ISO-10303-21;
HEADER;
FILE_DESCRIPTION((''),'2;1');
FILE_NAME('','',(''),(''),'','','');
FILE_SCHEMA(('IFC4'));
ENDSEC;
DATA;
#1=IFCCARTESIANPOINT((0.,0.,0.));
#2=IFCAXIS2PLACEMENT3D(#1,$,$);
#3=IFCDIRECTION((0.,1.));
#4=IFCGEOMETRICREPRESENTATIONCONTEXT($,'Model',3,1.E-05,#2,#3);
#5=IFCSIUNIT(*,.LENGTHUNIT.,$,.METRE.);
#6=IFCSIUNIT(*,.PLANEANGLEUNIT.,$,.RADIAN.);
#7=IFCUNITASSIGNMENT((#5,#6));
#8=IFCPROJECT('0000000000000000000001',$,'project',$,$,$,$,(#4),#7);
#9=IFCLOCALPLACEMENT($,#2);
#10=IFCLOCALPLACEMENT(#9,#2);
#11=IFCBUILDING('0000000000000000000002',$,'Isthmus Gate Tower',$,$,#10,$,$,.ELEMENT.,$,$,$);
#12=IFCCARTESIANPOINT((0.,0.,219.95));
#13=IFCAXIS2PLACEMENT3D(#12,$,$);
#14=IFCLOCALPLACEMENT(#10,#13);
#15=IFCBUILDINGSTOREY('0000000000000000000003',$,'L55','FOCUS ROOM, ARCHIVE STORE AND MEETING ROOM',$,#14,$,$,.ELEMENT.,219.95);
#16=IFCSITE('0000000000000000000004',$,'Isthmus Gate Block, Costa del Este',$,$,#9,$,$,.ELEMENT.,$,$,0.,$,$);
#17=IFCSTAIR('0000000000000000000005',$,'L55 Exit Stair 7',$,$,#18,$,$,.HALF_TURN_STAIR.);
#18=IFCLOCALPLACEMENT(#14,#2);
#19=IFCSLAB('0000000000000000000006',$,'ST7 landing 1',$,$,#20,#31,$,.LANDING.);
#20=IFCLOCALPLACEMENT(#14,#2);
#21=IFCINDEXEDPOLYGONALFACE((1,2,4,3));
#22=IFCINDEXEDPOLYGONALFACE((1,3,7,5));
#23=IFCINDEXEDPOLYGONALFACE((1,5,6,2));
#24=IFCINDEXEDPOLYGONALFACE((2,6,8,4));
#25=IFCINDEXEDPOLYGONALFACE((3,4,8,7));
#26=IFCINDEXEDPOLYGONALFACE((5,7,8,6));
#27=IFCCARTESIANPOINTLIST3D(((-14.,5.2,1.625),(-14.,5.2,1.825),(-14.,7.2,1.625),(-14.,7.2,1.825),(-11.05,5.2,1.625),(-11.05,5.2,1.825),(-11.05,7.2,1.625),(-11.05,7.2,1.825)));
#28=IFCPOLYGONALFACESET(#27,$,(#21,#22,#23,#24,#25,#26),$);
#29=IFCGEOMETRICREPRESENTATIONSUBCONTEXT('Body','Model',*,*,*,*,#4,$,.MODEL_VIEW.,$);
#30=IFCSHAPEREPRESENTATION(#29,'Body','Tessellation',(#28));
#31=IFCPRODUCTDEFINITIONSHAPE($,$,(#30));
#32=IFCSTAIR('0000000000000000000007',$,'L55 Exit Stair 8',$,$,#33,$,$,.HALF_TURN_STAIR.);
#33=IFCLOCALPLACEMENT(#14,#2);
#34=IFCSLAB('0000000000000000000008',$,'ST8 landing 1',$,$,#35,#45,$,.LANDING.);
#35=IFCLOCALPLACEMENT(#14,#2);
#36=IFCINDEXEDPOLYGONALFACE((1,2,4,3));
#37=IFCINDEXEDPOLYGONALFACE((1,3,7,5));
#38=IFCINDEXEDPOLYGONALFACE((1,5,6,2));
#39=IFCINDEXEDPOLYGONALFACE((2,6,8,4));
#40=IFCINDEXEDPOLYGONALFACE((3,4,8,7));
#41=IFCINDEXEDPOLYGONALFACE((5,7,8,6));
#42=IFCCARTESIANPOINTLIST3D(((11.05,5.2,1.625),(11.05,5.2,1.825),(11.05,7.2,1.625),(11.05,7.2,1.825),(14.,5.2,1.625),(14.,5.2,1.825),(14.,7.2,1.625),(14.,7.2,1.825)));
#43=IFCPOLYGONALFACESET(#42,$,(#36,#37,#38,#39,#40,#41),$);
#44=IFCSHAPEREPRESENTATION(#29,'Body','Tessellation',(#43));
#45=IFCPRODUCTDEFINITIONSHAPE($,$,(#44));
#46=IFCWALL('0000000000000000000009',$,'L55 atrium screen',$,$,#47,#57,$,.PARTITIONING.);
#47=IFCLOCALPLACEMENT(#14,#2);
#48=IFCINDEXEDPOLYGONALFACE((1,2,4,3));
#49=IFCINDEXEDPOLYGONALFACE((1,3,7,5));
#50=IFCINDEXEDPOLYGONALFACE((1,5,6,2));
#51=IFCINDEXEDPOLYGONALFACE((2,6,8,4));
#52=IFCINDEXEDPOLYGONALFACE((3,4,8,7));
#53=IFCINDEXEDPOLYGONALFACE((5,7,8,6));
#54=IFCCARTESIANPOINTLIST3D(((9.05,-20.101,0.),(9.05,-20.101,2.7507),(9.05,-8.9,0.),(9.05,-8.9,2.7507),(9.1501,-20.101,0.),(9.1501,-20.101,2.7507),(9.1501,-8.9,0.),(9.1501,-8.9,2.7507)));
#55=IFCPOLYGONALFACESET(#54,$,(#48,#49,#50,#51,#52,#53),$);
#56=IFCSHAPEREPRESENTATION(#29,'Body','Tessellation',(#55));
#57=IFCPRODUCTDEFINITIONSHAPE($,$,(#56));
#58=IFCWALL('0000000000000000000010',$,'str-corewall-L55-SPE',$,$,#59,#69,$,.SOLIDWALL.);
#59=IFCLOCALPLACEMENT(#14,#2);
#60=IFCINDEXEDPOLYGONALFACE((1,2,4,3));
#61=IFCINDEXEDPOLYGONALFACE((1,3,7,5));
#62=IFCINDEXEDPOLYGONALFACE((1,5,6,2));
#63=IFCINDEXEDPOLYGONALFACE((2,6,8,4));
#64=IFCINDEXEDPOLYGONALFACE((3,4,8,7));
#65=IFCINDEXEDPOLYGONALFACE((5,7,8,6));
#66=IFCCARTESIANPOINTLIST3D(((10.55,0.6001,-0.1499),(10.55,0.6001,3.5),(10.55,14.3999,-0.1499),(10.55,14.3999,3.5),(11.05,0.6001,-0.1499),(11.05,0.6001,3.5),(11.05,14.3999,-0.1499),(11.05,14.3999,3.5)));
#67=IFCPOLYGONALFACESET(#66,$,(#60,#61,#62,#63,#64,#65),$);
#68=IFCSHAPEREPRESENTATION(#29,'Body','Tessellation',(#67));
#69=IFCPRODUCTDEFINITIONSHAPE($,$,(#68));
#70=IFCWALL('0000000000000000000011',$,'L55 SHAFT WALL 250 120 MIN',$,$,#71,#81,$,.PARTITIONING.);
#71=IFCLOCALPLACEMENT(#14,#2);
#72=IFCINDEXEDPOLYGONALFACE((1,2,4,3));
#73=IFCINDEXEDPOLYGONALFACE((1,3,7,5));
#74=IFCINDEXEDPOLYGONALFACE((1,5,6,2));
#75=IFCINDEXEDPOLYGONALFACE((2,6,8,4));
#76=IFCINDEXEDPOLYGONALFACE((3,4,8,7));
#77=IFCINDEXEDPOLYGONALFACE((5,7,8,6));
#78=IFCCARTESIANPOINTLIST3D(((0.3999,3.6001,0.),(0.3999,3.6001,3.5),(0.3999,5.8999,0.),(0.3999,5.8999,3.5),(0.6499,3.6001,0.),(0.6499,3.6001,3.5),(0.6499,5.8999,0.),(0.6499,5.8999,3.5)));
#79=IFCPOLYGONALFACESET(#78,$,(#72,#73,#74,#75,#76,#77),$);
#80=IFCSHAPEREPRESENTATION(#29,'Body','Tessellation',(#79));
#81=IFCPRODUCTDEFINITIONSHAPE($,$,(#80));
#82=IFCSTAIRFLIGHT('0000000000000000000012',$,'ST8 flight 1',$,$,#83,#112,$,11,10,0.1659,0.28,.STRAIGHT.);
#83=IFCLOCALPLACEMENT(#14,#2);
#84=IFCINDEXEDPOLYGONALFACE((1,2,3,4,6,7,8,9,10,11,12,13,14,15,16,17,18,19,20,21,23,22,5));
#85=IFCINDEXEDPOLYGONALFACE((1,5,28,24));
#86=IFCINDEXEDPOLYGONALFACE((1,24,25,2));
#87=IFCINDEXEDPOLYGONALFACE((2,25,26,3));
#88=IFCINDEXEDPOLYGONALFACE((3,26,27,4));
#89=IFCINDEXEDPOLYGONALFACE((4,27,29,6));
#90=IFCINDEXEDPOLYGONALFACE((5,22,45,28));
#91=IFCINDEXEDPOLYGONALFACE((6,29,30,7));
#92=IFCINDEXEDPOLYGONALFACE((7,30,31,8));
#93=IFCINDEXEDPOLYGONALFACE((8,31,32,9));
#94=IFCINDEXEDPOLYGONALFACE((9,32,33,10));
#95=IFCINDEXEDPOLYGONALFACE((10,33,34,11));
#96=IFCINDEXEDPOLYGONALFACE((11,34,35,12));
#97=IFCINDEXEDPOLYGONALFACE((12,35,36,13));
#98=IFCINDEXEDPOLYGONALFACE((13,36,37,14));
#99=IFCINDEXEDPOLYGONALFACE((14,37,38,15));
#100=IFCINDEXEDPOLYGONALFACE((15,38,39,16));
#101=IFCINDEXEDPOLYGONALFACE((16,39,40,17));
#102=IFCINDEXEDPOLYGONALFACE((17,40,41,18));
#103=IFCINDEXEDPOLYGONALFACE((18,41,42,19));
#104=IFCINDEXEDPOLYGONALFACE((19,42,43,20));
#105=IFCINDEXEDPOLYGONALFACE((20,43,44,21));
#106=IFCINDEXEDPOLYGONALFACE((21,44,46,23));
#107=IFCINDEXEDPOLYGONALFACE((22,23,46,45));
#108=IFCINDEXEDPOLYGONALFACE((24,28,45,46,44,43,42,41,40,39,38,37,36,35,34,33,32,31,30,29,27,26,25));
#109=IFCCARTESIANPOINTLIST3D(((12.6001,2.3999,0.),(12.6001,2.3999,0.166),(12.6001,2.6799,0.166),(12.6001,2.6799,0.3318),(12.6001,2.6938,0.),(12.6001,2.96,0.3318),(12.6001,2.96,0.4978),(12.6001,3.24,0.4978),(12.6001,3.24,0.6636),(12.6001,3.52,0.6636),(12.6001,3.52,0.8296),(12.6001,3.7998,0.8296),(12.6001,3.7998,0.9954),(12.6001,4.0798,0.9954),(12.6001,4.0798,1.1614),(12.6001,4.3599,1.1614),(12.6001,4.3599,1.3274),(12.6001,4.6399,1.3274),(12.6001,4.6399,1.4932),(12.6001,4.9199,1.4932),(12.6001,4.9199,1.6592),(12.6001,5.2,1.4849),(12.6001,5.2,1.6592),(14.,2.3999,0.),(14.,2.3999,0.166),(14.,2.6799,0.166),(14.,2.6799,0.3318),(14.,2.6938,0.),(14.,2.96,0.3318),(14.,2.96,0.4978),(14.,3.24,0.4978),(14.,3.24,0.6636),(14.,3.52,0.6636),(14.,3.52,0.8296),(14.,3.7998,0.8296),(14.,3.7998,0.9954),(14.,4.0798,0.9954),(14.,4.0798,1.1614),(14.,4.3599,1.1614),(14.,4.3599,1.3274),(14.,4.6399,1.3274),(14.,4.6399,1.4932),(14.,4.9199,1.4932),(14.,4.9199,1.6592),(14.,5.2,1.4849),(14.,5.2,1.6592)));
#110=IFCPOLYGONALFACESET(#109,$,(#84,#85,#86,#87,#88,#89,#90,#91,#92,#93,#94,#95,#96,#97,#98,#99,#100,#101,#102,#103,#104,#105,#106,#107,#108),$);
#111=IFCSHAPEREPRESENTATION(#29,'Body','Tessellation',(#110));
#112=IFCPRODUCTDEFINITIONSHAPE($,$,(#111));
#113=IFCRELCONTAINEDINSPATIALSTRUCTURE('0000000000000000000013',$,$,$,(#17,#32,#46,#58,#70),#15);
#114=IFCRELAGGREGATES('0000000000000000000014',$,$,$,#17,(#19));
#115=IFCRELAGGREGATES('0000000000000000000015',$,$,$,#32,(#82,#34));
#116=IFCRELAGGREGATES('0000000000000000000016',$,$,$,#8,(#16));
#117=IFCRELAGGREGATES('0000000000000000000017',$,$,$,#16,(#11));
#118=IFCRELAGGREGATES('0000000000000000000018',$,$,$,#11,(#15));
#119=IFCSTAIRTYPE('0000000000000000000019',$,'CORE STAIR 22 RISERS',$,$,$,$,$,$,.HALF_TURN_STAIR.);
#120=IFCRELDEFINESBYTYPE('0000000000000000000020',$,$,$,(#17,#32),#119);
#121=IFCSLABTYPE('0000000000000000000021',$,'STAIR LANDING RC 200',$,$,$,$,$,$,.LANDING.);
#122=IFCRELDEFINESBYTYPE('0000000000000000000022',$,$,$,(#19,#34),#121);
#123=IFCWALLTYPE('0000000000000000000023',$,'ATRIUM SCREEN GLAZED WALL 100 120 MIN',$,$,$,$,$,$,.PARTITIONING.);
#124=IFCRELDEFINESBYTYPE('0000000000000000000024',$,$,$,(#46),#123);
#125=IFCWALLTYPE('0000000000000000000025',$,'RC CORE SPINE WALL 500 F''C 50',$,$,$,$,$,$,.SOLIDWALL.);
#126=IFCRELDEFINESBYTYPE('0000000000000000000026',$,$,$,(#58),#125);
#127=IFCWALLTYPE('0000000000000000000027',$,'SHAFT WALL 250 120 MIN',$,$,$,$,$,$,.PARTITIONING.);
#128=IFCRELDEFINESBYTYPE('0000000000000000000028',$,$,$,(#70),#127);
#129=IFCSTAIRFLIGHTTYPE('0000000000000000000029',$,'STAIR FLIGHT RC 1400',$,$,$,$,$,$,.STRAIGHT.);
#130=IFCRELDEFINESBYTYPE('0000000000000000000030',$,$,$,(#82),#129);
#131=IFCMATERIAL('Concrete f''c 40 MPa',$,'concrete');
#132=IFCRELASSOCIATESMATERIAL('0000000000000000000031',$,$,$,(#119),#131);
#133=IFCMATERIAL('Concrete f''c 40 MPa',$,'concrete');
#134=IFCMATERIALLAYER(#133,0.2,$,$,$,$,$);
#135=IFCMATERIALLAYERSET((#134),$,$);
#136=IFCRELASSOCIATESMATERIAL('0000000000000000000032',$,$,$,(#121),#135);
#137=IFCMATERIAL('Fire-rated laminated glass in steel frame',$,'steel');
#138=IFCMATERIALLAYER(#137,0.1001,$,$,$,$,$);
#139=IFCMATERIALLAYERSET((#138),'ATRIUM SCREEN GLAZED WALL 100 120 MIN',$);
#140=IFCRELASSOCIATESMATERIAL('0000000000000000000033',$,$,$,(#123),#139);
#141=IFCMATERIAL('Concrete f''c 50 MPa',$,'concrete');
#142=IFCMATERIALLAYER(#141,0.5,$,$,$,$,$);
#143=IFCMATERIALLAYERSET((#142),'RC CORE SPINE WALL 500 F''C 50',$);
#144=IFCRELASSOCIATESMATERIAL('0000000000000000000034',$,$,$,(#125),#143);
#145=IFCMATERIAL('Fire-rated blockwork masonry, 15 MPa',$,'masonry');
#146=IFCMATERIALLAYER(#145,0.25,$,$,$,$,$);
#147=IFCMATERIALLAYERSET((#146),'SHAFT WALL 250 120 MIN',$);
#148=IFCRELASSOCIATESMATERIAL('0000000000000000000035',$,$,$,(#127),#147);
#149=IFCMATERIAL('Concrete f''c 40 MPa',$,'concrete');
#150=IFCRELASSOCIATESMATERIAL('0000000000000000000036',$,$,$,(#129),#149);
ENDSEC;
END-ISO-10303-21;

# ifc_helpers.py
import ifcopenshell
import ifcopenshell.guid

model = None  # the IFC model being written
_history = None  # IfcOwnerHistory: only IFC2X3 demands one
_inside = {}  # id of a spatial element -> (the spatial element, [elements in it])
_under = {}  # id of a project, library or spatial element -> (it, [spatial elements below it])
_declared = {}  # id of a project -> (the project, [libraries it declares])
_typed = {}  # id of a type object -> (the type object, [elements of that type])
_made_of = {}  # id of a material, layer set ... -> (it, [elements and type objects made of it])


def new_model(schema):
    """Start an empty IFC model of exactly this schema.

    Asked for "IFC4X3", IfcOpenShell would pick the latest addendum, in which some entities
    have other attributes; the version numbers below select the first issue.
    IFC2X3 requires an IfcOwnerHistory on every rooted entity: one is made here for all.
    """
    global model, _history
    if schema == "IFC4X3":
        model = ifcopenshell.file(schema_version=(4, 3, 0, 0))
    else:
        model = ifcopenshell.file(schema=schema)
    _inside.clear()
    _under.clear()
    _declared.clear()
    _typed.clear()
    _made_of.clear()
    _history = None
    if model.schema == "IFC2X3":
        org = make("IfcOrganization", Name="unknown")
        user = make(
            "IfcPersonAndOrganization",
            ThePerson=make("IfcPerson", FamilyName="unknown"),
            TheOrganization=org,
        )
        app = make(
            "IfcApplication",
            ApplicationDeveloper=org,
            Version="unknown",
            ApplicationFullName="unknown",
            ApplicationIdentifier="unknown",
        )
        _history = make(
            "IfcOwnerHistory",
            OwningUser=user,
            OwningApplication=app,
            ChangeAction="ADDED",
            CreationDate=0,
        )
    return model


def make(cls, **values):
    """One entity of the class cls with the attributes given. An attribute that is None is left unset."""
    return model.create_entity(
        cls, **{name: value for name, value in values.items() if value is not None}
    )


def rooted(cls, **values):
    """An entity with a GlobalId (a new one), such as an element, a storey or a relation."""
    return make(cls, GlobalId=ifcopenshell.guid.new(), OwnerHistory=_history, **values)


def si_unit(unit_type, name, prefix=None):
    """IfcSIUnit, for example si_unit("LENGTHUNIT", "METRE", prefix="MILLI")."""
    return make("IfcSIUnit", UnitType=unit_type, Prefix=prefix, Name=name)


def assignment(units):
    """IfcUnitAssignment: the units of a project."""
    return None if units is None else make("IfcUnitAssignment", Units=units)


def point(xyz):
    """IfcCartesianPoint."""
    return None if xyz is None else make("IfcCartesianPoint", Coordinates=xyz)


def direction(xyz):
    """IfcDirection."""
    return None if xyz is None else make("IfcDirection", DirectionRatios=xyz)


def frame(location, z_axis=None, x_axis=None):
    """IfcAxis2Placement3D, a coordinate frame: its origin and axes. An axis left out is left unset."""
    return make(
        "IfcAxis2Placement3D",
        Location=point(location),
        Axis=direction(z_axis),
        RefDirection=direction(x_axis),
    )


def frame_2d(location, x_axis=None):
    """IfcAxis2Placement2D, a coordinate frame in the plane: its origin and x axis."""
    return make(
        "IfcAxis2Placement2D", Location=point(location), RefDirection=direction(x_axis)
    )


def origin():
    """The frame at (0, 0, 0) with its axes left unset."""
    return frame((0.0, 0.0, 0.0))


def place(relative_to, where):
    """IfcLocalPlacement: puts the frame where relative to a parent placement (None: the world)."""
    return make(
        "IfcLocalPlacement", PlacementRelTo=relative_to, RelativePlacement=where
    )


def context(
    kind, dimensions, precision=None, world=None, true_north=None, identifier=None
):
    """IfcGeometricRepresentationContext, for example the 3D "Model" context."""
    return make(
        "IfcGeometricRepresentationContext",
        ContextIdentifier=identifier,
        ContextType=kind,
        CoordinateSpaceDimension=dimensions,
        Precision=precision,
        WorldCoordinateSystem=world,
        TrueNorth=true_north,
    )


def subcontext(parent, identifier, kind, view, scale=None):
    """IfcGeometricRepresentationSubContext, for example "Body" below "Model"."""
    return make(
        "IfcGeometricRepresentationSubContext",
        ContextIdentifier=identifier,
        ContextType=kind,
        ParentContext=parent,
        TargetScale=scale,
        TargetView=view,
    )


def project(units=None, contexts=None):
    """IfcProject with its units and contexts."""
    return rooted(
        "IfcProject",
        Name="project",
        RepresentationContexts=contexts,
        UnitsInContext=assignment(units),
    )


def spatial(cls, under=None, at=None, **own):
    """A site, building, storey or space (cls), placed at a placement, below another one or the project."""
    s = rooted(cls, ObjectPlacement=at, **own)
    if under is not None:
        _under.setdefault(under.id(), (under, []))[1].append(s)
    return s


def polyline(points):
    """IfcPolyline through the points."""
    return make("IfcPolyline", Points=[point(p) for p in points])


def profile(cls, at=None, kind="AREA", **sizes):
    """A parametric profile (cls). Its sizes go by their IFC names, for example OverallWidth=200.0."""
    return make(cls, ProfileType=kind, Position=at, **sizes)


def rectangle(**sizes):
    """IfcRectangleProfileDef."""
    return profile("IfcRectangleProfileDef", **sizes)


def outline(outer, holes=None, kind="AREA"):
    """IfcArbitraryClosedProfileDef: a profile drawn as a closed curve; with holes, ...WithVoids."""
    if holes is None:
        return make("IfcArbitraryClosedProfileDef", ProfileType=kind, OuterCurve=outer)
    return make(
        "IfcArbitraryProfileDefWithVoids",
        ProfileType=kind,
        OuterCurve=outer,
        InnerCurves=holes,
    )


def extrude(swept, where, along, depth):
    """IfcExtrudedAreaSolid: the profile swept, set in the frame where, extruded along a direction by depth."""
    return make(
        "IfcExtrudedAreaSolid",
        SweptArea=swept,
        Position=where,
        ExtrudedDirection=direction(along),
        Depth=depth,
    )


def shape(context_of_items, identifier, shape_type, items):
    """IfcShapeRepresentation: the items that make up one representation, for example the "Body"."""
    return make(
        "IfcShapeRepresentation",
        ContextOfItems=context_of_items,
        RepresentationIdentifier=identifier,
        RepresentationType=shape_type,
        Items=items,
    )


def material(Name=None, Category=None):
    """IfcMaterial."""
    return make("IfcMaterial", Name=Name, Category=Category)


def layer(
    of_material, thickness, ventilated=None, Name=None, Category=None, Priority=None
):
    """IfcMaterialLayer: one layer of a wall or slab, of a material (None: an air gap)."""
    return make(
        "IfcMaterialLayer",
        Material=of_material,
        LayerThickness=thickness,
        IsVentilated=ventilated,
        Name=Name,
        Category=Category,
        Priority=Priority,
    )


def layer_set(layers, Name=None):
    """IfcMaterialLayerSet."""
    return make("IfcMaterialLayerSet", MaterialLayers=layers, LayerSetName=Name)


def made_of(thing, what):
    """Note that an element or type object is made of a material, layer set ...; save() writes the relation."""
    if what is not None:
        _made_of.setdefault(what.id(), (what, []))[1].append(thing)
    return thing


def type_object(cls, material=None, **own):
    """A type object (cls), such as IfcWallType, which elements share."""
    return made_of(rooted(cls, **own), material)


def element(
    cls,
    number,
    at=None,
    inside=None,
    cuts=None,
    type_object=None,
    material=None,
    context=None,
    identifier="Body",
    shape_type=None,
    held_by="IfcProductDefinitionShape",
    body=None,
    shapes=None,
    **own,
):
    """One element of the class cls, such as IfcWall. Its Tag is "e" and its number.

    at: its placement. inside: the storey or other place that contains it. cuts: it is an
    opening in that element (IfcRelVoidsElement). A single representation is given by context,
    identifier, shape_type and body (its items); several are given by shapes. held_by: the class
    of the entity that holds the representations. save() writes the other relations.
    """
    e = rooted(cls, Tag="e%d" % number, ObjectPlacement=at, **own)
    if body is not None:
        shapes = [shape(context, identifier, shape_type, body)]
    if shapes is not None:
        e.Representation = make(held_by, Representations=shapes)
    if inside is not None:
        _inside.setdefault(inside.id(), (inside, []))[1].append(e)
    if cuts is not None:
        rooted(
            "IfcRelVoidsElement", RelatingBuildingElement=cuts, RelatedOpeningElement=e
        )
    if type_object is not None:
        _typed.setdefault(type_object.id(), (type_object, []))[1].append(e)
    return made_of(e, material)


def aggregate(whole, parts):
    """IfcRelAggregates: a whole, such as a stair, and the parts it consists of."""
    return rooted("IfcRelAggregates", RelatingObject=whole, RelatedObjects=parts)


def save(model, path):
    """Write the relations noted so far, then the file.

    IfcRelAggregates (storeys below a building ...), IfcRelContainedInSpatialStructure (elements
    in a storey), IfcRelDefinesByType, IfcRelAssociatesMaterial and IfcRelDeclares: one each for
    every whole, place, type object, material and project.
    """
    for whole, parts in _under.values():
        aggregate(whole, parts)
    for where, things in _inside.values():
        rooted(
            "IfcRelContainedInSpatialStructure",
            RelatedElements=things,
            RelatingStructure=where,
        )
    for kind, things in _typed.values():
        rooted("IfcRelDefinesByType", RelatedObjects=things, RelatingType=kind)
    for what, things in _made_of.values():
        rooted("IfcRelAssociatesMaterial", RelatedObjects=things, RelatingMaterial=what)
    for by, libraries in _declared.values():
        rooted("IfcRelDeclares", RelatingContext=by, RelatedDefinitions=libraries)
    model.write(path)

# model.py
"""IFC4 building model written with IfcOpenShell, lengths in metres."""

from ifc_helpers import new_model, si_unit, direction, frame, frame_2d, origin, place, context, subcontext, project, spatial, polyline, rectangle, outline, extrude, material, layer, layer_set, type_object, element, aggregate, save


model = new_model("IFC4")

# Units and contexts
model_context = context("Model", 3, precision=1e-05, world=origin(), true_north=direction((0.0, 1.0)))
body_context = subcontext(model_context, "Body", "Model", "MODEL_VIEW")
ifc_project = project(units=[si_unit("LENGTHUNIT", "METRE"), si_unit("PLANEANGLEUNIT", "RADIAN")], contexts=[model_context])

# Site, building, storey
site_placement = place(None, origin())
site = spatial("IfcSite", under=ifc_project, at=site_placement, Name="Isthmus Gate Block, Costa del Este", CompositionType="ELEMENT", RefElevation=0.0)
building_placement = place(site_placement, origin())
building = spatial("IfcBuilding", under=site, at=building_placement, Name="Isthmus Gate Tower", CompositionType="ELEMENT")
storey_placement = place(building_placement, frame((0.0, 0.0, 219.95)))
storey = spatial("IfcBuildingStorey", under=building, at=storey_placement, Name="L55", Description="FOCUS ROOM, ARCHIVE STORE AND MEETING ROOM", CompositionType="ELEMENT", Elevation=219.95)

# Stairs, slabs
ifc_material_1 = material(Name="Concrete f'c 40 MPa", Category="concrete")
stair_type = type_object("IfcStairType", Name="CORE STAIR 22 RISERS", PredefinedType="HALF_TURN_STAIR", material=ifc_material_1)
ifc_material_2 = material(Name="Concrete f'c 40 MPa", Category="concrete")
ifc_layer_1 = layer(ifc_material_2, 0.2)
ifc_layer_set_1 = layer_set([ifc_layer_1])
slab_type_1 = type_object("IfcSlabType", Name="STAIR LANDING RC 200", PredefinedType="LANDING", material=ifc_layer_set_1)
stair_1_placement = place(storey_placement, origin())
stair_1 = element("IfcStair", 1, at=stair_1_placement, inside=storey, type_object=stair_type, Name="L55 Exit Stair 7", PredefinedType="HALF_TURN_STAIR")
slab_1_placement = place(storey_placement, frame((0.0, 0.0, 1.625)))
slab_1 = element("IfcSlab", 2, at=slab_1_placement, type_object=slab_type_1, Name="ST7 landing 1", PredefinedType="LANDING", context=body_context, shape_type="SweptSolid", body=[
    extrude(outline(polyline([(-11.05, 5.2), (-11.05, 7.2), (-14.0, 7.2), (-14.0, 5.2), (-11.05, 5.2)])), origin(), (0.0, 0.0, 1.0), 0.2),
])
aggregate(stair_1, [slab_1])
stair_2_placement = place(storey_placement, origin())
stair_2 = element("IfcStair", 3, at=stair_2_placement, inside=storey, type_object=stair_type, Name="L55 Exit Stair 8", PredefinedType="HALF_TURN_STAIR")
slab_2_placement = place(storey_placement, frame((0.0, 0.0, 1.625)))
slab_2 = element("IfcSlab", 4, at=slab_2_placement, type_object=slab_type_1, Name="ST8 landing 1", PredefinedType="LANDING", context=body_context, shape_type="SweptSolid", body=[
    extrude(outline(polyline([(14.0, 5.2), (14.0, 7.2), (11.05, 7.2), (11.05, 5.2), (14.0, 5.2)])), origin(), (0.0, 0.0, 1.0), 0.2),
])

# Walls
ifc_material_3 = material(Name="Fire-rated laminated glass in steel frame", Category="steel")
ifc_layer_2 = layer(ifc_material_3, 0.1001)
ifc_layer_set_2 = layer_set([ifc_layer_2], Name="ATRIUM SCREEN GLAZED WALL 100 120 MIN")
wall_type_1 = type_object("IfcWallType", Name="ATRIUM SCREEN GLAZED WALL 100 120 MIN", PredefinedType="PARTITIONING", material=ifc_layer_set_2)
wall_1_placement = place(storey_placement, frame((9.1001, -8.8999, 0.0), z_axis=(0.0, 0.0, 1.0), x_axis=(0.0, -1.0, 0.0)))
element("IfcWall", 5, at=wall_1_placement, inside=storey, type_object=wall_type_1, Name="L55 atrium screen", PredefinedType="PARTITIONING", context=body_context, shape_type="SweptSolid", body=[
    extrude(rectangle(XDim=11.2009, YDim=0.1001, at=frame_2d((5.6006, 0.0))), origin(), (0.0, 0.0, 1.0), 2.7507),
])
ifc_material_4 = material(Name="Concrete f'c 50 MPa", Category="concrete")
ifc_layer_3 = layer(ifc_material_4, 0.5)
ifc_layer_set_3 = layer_set([ifc_layer_3], Name="RC CORE SPINE WALL 500 F'C 50")
wall_type_2 = type_object("IfcWallType", Name="RC CORE SPINE WALL 500 F'C 50", PredefinedType="SOLIDWALL", material=ifc_layer_set_3)
wall_2_placement = place(storey_placement, frame((10.8, 0.6001, -0.1499), z_axis=(0.0, 0.0, 1.0), x_axis=(0.0, 1.0, 0.0)))
element("IfcWall", 6, at=wall_2_placement, inside=storey, type_object=wall_type_2, Name="str-corewall-L55-SPE", PredefinedType="SOLIDWALL", context=body_context, shape_type="SweptSolid", body=[
    extrude(rectangle(XDim=13.7998, YDim=0.5, at=frame_2d((6.8999, 0.0))), origin(), (0.0, 0.0, 1.0), 3.6499),
])
ifc_material_5 = material(Name="Fire-rated blockwork masonry, 15 MPa", Category="masonry")
ifc_layer_4 = layer(ifc_material_5, 0.25)
ifc_layer_set_4 = layer_set([ifc_layer_4], Name="SHAFT WALL 250 120 MIN")
wall_type_3 = type_object("IfcWallType", Name="SHAFT WALL 250 120 MIN", PredefinedType="PARTITIONING", material=ifc_layer_set_4)
wall_3_placement = place(storey_placement, frame((0.5249, 3.6001, 0.0), z_axis=(0.0, 0.0, 1.0), x_axis=(0.0, 1.0, 0.0)))
element("IfcWall", 7, at=wall_3_placement, inside=storey, type_object=wall_type_3, Name="L55 SHAFT WALL 250 120 MIN", PredefinedType="PARTITIONING", context=body_context, shape_type="SweptSolid", body=[
    extrude(rectangle(XDim=2.2998, YDim=0.25, at=frame_2d((1.1499, 0.0))), origin(), (0.0, 0.0, 1.0), 3.5),
])

# Stair flight
ifc_material_6 = material(Name="Concrete f'c 40 MPa", Category="concrete")
stair_flight_type = type_object("IfcStairFlightType", Name="STAIR FLIGHT RC 1400", PredefinedType="STRAIGHT", material=ifc_material_6)
stair_flight_placement = place(storey_placement, frame((13.3, 2.3999, 0.0), z_axis=(0.0, 0.0, 1.0), x_axis=(0.0, 1.0, 0.0)))
stair_flight = element("IfcStairFlight", 8, at=stair_flight_placement, type_object=stair_flight_type, Name="ST8 flight 1", NumberOfRisers=11, NumberOfTreads=10, PredefinedType="STRAIGHT", RiserHeight=0.1659, TreadLength=0.28, context=body_context, shape_type="SweptSolid", body=[
    extrude(outline(polyline([(0.0, 0.0), (0.0, 0.166), (0.28, 0.166), (0.28, 0.3318), (0.5601, 0.3318), (0.5601, 0.4978), (0.8401, 0.4978), (0.8401, 0.6636), (1.1201, 0.6636), (1.1201, 0.8296), (1.3999, 0.8296), (1.3999, 0.9954), (1.6799, 0.9954), (1.6799, 1.1614), (1.96, 1.1614), (1.96, 1.3274), (2.24, 1.3274), (2.24, 1.4932), (2.52, 1.4932), (2.52, 1.6592), (2.8, 1.6592), (2.8, 1.825), (2.8, 1.4849), (0.2939, 0.0), (0.0, 0.0)])), frame((0.0, 0.7, 0.0), z_axis=(0.0, -1.0, 0.0), x_axis=(1.0, 0.0, 0.0)), (0.0, 0.0, 1.0), 1.3999),
])
aggregate(stair_2, [stair_flight, slab_2])

save(model, "model.ifc")
